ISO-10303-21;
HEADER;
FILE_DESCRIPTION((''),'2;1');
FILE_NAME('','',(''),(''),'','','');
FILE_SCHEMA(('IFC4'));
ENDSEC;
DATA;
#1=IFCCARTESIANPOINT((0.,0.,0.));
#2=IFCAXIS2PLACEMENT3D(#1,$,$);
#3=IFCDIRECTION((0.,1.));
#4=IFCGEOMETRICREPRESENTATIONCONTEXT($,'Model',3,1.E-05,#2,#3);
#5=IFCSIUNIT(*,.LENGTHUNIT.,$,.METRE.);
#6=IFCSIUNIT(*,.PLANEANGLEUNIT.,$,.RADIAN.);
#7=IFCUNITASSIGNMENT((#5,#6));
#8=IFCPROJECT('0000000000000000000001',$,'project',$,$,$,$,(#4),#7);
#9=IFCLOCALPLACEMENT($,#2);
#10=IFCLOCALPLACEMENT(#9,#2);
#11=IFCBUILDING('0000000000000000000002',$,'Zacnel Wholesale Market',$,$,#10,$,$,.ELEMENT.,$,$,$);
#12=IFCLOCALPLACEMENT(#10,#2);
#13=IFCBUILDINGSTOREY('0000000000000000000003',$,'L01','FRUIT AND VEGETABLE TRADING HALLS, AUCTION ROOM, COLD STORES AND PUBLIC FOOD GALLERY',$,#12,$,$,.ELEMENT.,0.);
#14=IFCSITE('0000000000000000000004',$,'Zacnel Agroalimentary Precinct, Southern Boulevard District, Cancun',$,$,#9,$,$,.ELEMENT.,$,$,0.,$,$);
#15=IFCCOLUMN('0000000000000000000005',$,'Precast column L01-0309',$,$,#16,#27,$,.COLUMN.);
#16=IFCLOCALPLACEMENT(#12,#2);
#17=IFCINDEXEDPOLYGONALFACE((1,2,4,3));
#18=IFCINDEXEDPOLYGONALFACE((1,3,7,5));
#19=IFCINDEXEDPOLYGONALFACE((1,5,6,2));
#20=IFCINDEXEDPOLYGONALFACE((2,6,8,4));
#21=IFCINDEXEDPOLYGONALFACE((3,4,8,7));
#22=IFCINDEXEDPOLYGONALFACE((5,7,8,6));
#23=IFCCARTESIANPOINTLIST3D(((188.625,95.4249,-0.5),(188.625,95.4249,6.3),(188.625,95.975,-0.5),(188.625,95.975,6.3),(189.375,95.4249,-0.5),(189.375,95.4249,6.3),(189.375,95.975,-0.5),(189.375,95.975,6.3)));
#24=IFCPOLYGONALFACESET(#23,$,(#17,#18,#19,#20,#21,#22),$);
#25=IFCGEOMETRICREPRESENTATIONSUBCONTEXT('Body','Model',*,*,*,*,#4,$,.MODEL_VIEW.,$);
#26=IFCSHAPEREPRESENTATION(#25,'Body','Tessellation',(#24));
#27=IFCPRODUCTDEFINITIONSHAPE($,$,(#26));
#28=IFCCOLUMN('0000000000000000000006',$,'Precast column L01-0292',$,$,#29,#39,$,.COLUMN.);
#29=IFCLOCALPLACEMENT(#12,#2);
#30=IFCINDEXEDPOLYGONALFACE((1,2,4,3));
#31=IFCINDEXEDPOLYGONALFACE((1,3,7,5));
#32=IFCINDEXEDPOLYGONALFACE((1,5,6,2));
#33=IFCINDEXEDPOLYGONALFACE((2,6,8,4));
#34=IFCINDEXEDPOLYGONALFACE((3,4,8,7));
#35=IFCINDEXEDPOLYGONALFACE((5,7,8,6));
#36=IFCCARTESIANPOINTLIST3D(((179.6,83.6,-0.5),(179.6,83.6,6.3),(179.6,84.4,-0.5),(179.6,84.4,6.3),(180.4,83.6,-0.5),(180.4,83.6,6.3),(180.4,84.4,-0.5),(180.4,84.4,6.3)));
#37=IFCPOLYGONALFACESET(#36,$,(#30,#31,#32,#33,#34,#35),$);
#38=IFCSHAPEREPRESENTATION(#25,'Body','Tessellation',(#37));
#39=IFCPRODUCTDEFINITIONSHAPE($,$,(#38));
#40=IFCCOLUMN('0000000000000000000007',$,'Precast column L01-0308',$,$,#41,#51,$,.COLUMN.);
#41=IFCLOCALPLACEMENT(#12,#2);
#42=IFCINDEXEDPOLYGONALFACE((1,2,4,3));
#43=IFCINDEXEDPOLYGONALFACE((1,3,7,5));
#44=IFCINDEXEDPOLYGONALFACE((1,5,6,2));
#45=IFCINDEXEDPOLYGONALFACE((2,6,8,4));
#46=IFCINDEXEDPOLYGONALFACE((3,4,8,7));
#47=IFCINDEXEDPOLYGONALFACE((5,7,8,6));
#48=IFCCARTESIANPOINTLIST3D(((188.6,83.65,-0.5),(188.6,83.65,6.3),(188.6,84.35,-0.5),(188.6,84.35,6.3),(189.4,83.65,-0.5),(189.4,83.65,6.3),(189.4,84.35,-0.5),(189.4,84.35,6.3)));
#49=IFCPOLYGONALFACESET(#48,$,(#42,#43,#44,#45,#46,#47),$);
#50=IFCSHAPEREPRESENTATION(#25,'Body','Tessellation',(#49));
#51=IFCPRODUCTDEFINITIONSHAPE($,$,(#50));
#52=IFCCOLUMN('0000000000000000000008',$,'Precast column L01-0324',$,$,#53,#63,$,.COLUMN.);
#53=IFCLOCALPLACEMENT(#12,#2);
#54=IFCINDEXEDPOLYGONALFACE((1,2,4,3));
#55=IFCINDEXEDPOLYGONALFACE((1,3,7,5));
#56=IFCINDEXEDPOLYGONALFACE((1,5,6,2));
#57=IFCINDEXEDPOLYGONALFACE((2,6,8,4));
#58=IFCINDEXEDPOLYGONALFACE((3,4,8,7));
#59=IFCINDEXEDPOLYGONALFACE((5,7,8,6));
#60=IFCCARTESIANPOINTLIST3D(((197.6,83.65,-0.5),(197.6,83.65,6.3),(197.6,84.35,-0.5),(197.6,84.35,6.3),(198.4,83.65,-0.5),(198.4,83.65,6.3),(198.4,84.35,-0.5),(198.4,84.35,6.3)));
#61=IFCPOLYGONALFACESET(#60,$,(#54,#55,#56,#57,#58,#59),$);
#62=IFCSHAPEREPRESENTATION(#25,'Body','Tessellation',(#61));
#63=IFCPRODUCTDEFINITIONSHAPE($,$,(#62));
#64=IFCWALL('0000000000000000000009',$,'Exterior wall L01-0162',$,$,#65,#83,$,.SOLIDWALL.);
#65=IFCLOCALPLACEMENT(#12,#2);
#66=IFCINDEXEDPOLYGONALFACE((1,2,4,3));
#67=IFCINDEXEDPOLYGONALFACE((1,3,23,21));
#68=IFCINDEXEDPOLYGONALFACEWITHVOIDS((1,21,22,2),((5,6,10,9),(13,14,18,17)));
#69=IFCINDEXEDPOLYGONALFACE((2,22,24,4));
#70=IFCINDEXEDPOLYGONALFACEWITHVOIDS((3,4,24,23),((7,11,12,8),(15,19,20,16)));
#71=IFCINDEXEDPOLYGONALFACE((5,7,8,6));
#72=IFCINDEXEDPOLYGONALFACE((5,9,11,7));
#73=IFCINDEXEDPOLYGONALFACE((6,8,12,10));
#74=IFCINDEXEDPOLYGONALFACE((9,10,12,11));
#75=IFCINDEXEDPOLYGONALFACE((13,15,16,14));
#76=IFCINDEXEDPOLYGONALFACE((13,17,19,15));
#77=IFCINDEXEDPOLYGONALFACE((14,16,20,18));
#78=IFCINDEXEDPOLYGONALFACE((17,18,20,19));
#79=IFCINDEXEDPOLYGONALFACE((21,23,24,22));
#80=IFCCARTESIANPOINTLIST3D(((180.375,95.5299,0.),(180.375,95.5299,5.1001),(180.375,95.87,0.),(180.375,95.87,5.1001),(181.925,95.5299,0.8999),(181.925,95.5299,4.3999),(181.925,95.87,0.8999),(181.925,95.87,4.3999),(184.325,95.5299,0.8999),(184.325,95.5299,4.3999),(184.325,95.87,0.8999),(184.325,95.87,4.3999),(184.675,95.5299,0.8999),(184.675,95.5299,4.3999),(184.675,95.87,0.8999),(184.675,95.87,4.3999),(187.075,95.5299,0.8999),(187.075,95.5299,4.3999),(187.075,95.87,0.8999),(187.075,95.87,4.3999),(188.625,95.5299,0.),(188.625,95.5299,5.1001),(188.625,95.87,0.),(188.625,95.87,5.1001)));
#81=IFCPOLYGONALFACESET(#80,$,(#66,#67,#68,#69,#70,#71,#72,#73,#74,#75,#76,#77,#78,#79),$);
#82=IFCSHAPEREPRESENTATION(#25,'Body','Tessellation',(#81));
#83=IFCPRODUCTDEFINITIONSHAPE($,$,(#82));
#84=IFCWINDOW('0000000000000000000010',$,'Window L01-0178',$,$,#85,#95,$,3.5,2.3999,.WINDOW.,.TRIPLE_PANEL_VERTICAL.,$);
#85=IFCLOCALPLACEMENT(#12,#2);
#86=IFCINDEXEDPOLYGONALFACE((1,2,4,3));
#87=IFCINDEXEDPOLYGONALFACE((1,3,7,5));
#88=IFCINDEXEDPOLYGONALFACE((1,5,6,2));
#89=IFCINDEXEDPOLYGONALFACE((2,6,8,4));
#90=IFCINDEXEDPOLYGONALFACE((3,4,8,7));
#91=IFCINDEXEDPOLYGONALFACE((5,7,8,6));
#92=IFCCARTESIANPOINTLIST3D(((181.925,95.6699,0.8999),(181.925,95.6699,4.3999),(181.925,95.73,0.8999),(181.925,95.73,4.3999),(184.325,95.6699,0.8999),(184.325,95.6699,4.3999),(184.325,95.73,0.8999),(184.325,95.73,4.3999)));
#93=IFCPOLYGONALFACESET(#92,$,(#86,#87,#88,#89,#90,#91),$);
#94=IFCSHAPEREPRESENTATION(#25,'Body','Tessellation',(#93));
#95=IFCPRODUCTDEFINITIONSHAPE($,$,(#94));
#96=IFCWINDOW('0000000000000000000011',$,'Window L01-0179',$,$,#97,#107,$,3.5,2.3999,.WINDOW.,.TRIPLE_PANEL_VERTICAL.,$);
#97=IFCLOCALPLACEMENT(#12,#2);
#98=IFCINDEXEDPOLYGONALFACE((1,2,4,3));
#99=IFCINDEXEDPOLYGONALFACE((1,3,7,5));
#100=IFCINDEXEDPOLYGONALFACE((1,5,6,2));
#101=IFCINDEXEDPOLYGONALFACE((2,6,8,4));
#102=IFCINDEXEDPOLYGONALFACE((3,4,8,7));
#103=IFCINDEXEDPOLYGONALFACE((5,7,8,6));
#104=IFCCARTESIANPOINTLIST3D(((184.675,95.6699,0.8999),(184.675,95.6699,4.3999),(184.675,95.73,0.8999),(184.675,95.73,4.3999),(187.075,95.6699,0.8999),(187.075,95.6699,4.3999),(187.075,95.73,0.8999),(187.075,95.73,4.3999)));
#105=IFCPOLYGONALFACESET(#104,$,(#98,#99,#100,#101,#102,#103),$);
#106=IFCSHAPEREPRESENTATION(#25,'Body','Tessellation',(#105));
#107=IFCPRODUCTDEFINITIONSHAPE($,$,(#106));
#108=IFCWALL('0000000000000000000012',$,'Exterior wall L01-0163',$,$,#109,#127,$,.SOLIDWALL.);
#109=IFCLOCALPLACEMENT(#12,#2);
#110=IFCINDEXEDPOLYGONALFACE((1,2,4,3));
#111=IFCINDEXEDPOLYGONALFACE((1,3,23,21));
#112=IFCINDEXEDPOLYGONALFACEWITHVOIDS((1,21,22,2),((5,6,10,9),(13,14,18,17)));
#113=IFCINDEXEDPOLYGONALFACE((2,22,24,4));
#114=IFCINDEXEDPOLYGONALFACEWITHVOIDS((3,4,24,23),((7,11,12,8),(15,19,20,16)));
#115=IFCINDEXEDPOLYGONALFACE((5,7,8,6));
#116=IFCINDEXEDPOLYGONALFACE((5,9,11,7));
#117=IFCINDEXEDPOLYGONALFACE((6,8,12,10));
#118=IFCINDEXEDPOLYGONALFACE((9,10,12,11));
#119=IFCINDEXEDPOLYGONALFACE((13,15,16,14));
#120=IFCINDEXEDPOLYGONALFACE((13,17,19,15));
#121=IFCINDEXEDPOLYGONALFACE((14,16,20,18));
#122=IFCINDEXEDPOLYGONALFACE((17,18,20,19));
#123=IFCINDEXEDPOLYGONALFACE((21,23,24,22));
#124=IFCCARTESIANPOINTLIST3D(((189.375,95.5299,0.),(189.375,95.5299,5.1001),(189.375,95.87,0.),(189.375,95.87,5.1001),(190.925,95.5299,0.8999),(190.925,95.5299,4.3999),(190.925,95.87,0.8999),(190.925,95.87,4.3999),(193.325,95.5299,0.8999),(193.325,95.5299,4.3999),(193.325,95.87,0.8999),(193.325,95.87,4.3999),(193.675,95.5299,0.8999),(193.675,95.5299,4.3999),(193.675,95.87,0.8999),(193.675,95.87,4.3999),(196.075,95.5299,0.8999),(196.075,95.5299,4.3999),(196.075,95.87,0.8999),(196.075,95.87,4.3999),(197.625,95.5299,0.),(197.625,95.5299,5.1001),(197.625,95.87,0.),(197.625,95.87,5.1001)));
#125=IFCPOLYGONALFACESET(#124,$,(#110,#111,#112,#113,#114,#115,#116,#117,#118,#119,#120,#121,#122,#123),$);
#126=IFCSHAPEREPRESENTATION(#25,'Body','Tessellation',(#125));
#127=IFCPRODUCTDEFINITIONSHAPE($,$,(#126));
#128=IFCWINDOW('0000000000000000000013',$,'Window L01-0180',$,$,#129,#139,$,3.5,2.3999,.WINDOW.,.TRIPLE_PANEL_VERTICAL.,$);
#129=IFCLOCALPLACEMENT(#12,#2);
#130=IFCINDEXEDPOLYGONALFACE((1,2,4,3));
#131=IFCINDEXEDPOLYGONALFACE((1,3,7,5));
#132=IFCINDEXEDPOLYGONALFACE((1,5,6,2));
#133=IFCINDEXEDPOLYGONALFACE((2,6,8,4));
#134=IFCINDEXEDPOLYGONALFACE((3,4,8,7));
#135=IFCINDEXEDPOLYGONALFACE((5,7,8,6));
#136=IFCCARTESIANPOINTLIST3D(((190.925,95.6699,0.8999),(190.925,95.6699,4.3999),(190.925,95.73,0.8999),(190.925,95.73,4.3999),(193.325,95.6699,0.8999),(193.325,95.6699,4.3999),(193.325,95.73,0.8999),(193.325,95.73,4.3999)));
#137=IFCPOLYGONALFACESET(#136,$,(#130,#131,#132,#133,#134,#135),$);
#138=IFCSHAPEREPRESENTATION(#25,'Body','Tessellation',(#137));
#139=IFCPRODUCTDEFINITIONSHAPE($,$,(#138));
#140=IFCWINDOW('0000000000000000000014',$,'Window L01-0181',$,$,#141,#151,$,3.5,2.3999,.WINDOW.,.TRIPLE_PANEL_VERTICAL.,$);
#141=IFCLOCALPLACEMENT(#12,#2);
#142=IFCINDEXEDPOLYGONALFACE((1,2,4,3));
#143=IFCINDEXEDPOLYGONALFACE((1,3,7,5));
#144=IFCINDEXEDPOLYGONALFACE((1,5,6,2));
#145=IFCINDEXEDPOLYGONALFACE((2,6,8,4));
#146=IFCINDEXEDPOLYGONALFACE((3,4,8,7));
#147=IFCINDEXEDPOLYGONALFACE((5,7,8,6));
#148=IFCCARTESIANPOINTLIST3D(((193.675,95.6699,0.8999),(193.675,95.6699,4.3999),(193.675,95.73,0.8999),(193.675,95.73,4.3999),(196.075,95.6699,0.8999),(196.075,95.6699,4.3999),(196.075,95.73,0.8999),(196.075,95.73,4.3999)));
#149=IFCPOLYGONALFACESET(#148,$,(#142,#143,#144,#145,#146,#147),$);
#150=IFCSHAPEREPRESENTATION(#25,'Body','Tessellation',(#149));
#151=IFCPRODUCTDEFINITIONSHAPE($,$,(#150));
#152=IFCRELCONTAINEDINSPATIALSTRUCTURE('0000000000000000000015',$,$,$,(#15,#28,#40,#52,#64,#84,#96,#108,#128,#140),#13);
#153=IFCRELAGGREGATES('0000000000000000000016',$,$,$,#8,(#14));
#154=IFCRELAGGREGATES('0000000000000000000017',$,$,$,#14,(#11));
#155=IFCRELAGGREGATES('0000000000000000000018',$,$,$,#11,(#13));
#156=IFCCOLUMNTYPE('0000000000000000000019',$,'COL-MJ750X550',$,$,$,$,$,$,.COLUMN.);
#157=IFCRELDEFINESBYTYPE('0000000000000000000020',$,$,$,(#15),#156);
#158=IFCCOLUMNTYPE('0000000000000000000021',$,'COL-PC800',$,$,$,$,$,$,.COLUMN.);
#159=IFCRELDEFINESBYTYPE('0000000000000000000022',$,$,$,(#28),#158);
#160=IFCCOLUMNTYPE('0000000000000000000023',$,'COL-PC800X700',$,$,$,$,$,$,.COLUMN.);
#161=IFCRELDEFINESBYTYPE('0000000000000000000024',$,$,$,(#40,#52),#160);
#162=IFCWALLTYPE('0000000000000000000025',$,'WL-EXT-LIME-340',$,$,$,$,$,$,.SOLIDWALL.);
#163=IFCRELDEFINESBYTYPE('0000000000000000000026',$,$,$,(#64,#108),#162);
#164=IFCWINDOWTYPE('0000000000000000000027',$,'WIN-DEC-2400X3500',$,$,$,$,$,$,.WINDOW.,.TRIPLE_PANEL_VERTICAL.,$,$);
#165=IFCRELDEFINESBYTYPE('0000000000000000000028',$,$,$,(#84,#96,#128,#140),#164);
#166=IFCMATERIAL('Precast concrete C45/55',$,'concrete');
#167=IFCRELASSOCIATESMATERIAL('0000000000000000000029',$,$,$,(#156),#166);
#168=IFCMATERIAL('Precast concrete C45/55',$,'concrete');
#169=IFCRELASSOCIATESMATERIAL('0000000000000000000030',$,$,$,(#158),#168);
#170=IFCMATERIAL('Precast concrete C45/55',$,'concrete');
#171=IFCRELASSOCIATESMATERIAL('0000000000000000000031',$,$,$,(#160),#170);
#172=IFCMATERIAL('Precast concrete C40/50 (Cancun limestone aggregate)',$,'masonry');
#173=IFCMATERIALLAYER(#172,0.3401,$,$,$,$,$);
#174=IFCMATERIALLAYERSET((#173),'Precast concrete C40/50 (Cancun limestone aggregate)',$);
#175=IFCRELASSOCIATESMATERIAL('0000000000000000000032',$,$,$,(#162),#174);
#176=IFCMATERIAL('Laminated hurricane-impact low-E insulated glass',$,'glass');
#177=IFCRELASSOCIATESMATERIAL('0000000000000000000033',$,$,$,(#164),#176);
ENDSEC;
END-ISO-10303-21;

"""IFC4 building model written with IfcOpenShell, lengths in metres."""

from ifc_helpers import new_model, si_unit, direction, frame, frame_2d, origin, origin_2d, place, context, subcontext, project, spatial, rectangle, extrude, material, layer, layer_set, material_profile, profile_set, type_object, element, fill, save


model = new_model("IFC4")

# Units and contexts
model_context = context("Model", 3, precision=1e-05, world=origin(), true_north=direction((0.0, 1.0)))
body_context = subcontext(model_context, "Body", "Model", "MODEL_VIEW")
ifc_project = project(units=[si_unit("LENGTHUNIT", "METRE"), si_unit("PLANEANGLEUNIT", "RADIAN")], contexts=[model_context])

# Site, building, storey
site_placement = place(None, origin())
site = spatial("IfcSite", under=ifc_project, at=site_placement, Name="Zacnel Agroalimentary Precinct, Southern Boulevard District, Cancun", CompositionType="ELEMENT", RefElevation=0.0)
building_placement = place(site_placement, origin())
building = spatial("IfcBuilding", under=site, at=building_placement, Name="Zacnel Wholesale Market", CompositionType="ELEMENT")
storey_placement = place(building_placement, origin())
storey = spatial("IfcBuildingStorey", under=building, at=storey_placement, Name="L01", Description="FRUIT AND VEGETABLE TRADING HALLS, AUCTION ROOM, COLD STORES AND PUBLIC FOOD GALLERY", CompositionType="ELEMENT", Elevation=0.0)

# Columns
ifc_material_1 = material(Name="Precast concrete C45/55", Category="concrete")
ifc_material_profile_1 = material_profile(ifc_material_1, rectangle(XDim=0.75, YDim=0.55, at=origin_2d()), Name="PC 750x550")
ifc_profile_set_1 = profile_set([ifc_material_profile_1], Name="Precast concrete C45/55")
column_type_1 = type_object("IfcColumnType", Name="COL-MJ750X550", PredefinedType="COLUMN", material=ifc_profile_set_1)
for number, where, z_axis, x_axis, name in (
    (1, (189.0, 95.7, -0.5), (0.0, 0.0, 1.0), (1.0, 0.0, 0.0), "Precast column L01-0309"),
):
    element("IfcColumn", number, at=place(storey_placement, frame(where, z_axis=z_axis, x_axis=x_axis)), inside=storey, type_object=column_type_1, Name=name, PredefinedType="COLUMN", context=body_context, shape_type="SweptSolid", body=[
        extrude(rectangle(XDim=0.75, YDim=0.55, at=origin_2d()), origin(), (0.0, 0.0, 1.0), 6.8),
    ])
ifc_material_2 = material(Name="Precast concrete C45/55", Category="concrete")
ifc_material_profile_2 = material_profile(ifc_material_2, rectangle(XDim=0.8, YDim=0.8, at=origin_2d()), Name="PC 800x800")
ifc_profile_set_2 = profile_set([ifc_material_profile_2], Name="Precast concrete C45/55")
column_type_2 = type_object("IfcColumnType", Name="COL-PC800", PredefinedType="COLUMN", material=ifc_profile_set_2)
column_placement = place(storey_placement, frame((180.0, 84.0, -0.5), z_axis=(0.0, 0.0, 1.0), x_axis=(1.0, 0.0, 0.0)))
element("IfcColumn", 2, at=column_placement, inside=storey, type_object=column_type_2, Name="Precast column L01-0292", PredefinedType="COLUMN", context=body_context, shape_type="SweptSolid", body=[
    extrude(rectangle(XDim=0.8, YDim=0.8, at=origin_2d()), origin(), (0.0, 0.0, 1.0), 6.8),
])
ifc_material_3 = material(Name="Precast concrete C45/55", Category="concrete")
ifc_material_profile_3 = material_profile(ifc_material_3, rectangle(XDim=0.8, YDim=0.7, at=origin_2d()), Name="PC 800x700")
ifc_profile_set_3 = profile_set([ifc_material_profile_3], Name="Precast concrete C45/55")
column_type_3 = type_object("IfcColumnType", Name="COL-PC800X700", PredefinedType="COLUMN", material=ifc_profile_set_3)
for number, where, z_axis, x_axis, name in (
    (3, (189.0, 84.0, -0.5), (0.0, 0.0, 1.0), (1.0, 0.0, 0.0), "Precast column L01-0308"),
    (4, (198.0, 84.0, -0.5), (0.0, 0.0, 1.0), (1.0, 0.0, 0.0), "Precast column L01-0324"),
):
    element("IfcColumn", number, at=place(storey_placement, frame(where, z_axis=z_axis, x_axis=x_axis)), inside=storey, type_object=column_type_3, Name=name, PredefinedType="COLUMN", context=body_context, shape_type="SweptSolid", body=[
        extrude(rectangle(XDim=0.8, YDim=0.7, at=origin_2d()), origin(), (0.0, 0.0, 1.0), 6.8),
    ])

# Walls, openings, windows
ifc_material_4 = material(Name="Precast concrete C40/50 (Cancun limestone aggregate)", Category="masonry")
ifc_layer_1 = layer(ifc_material_4, 0.3401)
ifc_layer_set_1 = layer_set([ifc_layer_1], Name="Precast concrete C40/50 (Cancun limestone aggregate)")
wall_type_1 = type_object("IfcWallType", Name="WL-EXT-LIME-340", PredefinedType="SOLIDWALL", material=ifc_layer_set_1)
wall_1_placement = place(storey_placement, frame((180.375, 95.7, 0.0), z_axis=(0.0, 0.0, 1.0), x_axis=(1.0, 0.0, 0.0)))
wall_1 = element("IfcWall", 5, at=wall_1_placement, inside=storey, type_object=wall_type_1, Name="Exterior wall L01-0162", PredefinedType="SOLIDWALL", context=body_context, shape_type="SweptSolid", body=[
    extrude(rectangle(XDim=8.25, YDim=0.3401, at=frame_2d((4.125, 0.0))), origin(), (0.0, 0.0, 1.0), 5.1001),
])
opening_1_placement = place(wall_1_placement, frame((1.55, 0.0, 0.8999)))
opening_1 = element("IfcOpeningElement", 6, at=opening_1_placement, cuts=wall_1, PredefinedType="OPENING", context=body_context, shape_type="SweptSolid", body=[
    extrude(rectangle(XDim=2.3999, YDim=3.5, at=frame_2d((1.2, 1.75))), frame((0.0, 0.1799, 0.0), z_axis=(0.0, -1.0, 0.0), x_axis=(1.0, 0.0, 0.0)), (0.0, 0.0, 1.0), 0.3601),
])
opening_2_placement = place(wall_1_placement, frame((4.3, 0.0, 0.8999)))
opening_2 = element("IfcOpeningElement", 7, at=opening_2_placement, cuts=wall_1, PredefinedType="OPENING", context=body_context, shape_type="SweptSolid", body=[
    extrude(rectangle(XDim=2.3999, YDim=3.5, at=frame_2d((1.2, 1.75))), frame((0.0, 0.1799, 0.0), z_axis=(0.0, -1.0, 0.0), x_axis=(1.0, 0.0, 0.0)), (0.0, 0.0, 1.0), 0.3601),
])
ifc_material_5 = material(Name="Laminated hurricane-impact low-E insulated glass", Category="glass")
window_type = type_object("IfcWindowType", Name="WIN-DEC-2400X3500", PartitioningType="TRIPLE_PANEL_VERTICAL", PredefinedType="WINDOW", material=ifc_material_5)
window_1_placement = place(opening_1_placement, origin())
window_1 = element("IfcWindow", 8, at=window_1_placement, inside=storey, type_object=window_type, Name="Window L01-0178", OverallHeight=3.5, OverallWidth=2.3999, PartitioningType="TRIPLE_PANEL_VERTICAL", PredefinedType="WINDOW", context=body_context, shape_type="SweptSolid", body=[
    extrude(rectangle(XDim=2.3999, YDim=3.5, at=frame_2d((1.2, 1.75))), frame((0.0, 0.03, 0.0), z_axis=(0.0, -1.0, 0.0), x_axis=(1.0, 0.0, 0.0)), (0.0, 0.0, 1.0), 0.0601),
])
fill(opening_1, window_1)
window_2_placement = place(opening_2_placement, origin())
window_2 = element("IfcWindow", 9, at=window_2_placement, inside=storey, type_object=window_type, Name="Window L01-0179", OverallHeight=3.5, OverallWidth=2.3999, PartitioningType="TRIPLE_PANEL_VERTICAL", PredefinedType="WINDOW", context=body_context, shape_type="SweptSolid", body=[
    extrude(rectangle(XDim=2.3999, YDim=3.5, at=frame_2d((1.2, 1.75))), frame((0.0, 0.03, 0.0), z_axis=(0.0, -1.0, 0.0), x_axis=(1.0, 0.0, 0.0)), (0.0, 0.0, 1.0), 0.0601),
])
fill(opening_2, window_2)
wall_2_placement = place(storey_placement, frame((189.375, 95.7, 0.0), z_axis=(0.0, 0.0, 1.0), x_axis=(1.0, 0.0, 0.0)))
wall_2 = element("IfcWall", 10, at=wall_2_placement, inside=storey, type_object=wall_type_1, Name="Exterior wall L01-0163", PredefinedType="SOLIDWALL", context=body_context, shape_type="SweptSolid", body=[
    extrude(rectangle(XDim=8.25, YDim=0.3401, at=frame_2d((4.125, 0.0))), origin(), (0.0, 0.0, 1.0), 5.1001),
])
opening_3_placement = place(wall_2_placement, frame((1.55, 0.0, 0.8999)))
opening_3 = element("IfcOpeningElement", 11, at=opening_3_placement, cuts=wall_2, PredefinedType="OPENING", context=body_context, shape_type="SweptSolid", body=[
    extrude(rectangle(XDim=2.3999, YDim=3.5, at=frame_2d((1.2, 1.75))), frame((0.0, 0.1799, 0.0), z_axis=(0.0, -1.0, 0.0), x_axis=(1.0, 0.0, 0.0)), (0.0, 0.0, 1.0), 0.3601),
])
opening_4_placement = place(wall_2_placement, frame((4.3, 0.0, 0.8999)))
opening_4 = element("IfcOpeningElement", 12, at=opening_4_placement, cuts=wall_2, PredefinedType="OPENING", context=body_context, shape_type="SweptSolid", body=[
    extrude(rectangle(XDim=2.3999, YDim=3.5, at=frame_2d((1.2, 1.75))), frame((0.0, 0.1799, 0.0), z_axis=(0.0, -1.0, 0.0), x_axis=(1.0, 0.0, 0.0)), (0.0, 0.0, 1.0), 0.3601),
])
window_3_placement = place(opening_3_placement, origin())
window_3 = element("IfcWindow", 13, at=window_3_placement, inside=storey, type_object=window_type, Name="Window L01-0180", OverallHeight=3.5, OverallWidth=2.3999, PartitioningType="TRIPLE_PANEL_VERTICAL", PredefinedType="WINDOW", context=body_context, shape_type="SweptSolid", body=[
    extrude(rectangle(XDim=2.3999, YDim=3.5, at=frame_2d((1.2, 1.75))), frame((0.0, 0.03, 0.0), z_axis=(0.0, -1.0, 0.0), x_axis=(1.0, 0.0, 0.0)), (0.0, 0.0, 1.0), 0.0601),
])
fill(opening_3, window_3)
window_4_placement = place(opening_4_placement, origin())
window_4 = element("IfcWindow", 14, at=window_4_placement, inside=storey, type_object=window_type, Name="Window L01-0181", OverallHeight=3.5, OverallWidth=2.3999, PartitioningType="TRIPLE_PANEL_VERTICAL", PredefinedType="WINDOW", context=body_context, shape_type="SweptSolid", body=[
    extrude(rectangle(XDim=2.3999, YDim=3.5, at=frame_2d((1.2, 1.75))), frame((0.0, 0.03, 0.0), z_axis=(0.0, -1.0, 0.0), x_axis=(1.0, 0.0, 0.0)), (0.0, 0.0, 1.0), 0.0601),
])
fill(opening_4, window_4)

save(model, "model.ifc")
